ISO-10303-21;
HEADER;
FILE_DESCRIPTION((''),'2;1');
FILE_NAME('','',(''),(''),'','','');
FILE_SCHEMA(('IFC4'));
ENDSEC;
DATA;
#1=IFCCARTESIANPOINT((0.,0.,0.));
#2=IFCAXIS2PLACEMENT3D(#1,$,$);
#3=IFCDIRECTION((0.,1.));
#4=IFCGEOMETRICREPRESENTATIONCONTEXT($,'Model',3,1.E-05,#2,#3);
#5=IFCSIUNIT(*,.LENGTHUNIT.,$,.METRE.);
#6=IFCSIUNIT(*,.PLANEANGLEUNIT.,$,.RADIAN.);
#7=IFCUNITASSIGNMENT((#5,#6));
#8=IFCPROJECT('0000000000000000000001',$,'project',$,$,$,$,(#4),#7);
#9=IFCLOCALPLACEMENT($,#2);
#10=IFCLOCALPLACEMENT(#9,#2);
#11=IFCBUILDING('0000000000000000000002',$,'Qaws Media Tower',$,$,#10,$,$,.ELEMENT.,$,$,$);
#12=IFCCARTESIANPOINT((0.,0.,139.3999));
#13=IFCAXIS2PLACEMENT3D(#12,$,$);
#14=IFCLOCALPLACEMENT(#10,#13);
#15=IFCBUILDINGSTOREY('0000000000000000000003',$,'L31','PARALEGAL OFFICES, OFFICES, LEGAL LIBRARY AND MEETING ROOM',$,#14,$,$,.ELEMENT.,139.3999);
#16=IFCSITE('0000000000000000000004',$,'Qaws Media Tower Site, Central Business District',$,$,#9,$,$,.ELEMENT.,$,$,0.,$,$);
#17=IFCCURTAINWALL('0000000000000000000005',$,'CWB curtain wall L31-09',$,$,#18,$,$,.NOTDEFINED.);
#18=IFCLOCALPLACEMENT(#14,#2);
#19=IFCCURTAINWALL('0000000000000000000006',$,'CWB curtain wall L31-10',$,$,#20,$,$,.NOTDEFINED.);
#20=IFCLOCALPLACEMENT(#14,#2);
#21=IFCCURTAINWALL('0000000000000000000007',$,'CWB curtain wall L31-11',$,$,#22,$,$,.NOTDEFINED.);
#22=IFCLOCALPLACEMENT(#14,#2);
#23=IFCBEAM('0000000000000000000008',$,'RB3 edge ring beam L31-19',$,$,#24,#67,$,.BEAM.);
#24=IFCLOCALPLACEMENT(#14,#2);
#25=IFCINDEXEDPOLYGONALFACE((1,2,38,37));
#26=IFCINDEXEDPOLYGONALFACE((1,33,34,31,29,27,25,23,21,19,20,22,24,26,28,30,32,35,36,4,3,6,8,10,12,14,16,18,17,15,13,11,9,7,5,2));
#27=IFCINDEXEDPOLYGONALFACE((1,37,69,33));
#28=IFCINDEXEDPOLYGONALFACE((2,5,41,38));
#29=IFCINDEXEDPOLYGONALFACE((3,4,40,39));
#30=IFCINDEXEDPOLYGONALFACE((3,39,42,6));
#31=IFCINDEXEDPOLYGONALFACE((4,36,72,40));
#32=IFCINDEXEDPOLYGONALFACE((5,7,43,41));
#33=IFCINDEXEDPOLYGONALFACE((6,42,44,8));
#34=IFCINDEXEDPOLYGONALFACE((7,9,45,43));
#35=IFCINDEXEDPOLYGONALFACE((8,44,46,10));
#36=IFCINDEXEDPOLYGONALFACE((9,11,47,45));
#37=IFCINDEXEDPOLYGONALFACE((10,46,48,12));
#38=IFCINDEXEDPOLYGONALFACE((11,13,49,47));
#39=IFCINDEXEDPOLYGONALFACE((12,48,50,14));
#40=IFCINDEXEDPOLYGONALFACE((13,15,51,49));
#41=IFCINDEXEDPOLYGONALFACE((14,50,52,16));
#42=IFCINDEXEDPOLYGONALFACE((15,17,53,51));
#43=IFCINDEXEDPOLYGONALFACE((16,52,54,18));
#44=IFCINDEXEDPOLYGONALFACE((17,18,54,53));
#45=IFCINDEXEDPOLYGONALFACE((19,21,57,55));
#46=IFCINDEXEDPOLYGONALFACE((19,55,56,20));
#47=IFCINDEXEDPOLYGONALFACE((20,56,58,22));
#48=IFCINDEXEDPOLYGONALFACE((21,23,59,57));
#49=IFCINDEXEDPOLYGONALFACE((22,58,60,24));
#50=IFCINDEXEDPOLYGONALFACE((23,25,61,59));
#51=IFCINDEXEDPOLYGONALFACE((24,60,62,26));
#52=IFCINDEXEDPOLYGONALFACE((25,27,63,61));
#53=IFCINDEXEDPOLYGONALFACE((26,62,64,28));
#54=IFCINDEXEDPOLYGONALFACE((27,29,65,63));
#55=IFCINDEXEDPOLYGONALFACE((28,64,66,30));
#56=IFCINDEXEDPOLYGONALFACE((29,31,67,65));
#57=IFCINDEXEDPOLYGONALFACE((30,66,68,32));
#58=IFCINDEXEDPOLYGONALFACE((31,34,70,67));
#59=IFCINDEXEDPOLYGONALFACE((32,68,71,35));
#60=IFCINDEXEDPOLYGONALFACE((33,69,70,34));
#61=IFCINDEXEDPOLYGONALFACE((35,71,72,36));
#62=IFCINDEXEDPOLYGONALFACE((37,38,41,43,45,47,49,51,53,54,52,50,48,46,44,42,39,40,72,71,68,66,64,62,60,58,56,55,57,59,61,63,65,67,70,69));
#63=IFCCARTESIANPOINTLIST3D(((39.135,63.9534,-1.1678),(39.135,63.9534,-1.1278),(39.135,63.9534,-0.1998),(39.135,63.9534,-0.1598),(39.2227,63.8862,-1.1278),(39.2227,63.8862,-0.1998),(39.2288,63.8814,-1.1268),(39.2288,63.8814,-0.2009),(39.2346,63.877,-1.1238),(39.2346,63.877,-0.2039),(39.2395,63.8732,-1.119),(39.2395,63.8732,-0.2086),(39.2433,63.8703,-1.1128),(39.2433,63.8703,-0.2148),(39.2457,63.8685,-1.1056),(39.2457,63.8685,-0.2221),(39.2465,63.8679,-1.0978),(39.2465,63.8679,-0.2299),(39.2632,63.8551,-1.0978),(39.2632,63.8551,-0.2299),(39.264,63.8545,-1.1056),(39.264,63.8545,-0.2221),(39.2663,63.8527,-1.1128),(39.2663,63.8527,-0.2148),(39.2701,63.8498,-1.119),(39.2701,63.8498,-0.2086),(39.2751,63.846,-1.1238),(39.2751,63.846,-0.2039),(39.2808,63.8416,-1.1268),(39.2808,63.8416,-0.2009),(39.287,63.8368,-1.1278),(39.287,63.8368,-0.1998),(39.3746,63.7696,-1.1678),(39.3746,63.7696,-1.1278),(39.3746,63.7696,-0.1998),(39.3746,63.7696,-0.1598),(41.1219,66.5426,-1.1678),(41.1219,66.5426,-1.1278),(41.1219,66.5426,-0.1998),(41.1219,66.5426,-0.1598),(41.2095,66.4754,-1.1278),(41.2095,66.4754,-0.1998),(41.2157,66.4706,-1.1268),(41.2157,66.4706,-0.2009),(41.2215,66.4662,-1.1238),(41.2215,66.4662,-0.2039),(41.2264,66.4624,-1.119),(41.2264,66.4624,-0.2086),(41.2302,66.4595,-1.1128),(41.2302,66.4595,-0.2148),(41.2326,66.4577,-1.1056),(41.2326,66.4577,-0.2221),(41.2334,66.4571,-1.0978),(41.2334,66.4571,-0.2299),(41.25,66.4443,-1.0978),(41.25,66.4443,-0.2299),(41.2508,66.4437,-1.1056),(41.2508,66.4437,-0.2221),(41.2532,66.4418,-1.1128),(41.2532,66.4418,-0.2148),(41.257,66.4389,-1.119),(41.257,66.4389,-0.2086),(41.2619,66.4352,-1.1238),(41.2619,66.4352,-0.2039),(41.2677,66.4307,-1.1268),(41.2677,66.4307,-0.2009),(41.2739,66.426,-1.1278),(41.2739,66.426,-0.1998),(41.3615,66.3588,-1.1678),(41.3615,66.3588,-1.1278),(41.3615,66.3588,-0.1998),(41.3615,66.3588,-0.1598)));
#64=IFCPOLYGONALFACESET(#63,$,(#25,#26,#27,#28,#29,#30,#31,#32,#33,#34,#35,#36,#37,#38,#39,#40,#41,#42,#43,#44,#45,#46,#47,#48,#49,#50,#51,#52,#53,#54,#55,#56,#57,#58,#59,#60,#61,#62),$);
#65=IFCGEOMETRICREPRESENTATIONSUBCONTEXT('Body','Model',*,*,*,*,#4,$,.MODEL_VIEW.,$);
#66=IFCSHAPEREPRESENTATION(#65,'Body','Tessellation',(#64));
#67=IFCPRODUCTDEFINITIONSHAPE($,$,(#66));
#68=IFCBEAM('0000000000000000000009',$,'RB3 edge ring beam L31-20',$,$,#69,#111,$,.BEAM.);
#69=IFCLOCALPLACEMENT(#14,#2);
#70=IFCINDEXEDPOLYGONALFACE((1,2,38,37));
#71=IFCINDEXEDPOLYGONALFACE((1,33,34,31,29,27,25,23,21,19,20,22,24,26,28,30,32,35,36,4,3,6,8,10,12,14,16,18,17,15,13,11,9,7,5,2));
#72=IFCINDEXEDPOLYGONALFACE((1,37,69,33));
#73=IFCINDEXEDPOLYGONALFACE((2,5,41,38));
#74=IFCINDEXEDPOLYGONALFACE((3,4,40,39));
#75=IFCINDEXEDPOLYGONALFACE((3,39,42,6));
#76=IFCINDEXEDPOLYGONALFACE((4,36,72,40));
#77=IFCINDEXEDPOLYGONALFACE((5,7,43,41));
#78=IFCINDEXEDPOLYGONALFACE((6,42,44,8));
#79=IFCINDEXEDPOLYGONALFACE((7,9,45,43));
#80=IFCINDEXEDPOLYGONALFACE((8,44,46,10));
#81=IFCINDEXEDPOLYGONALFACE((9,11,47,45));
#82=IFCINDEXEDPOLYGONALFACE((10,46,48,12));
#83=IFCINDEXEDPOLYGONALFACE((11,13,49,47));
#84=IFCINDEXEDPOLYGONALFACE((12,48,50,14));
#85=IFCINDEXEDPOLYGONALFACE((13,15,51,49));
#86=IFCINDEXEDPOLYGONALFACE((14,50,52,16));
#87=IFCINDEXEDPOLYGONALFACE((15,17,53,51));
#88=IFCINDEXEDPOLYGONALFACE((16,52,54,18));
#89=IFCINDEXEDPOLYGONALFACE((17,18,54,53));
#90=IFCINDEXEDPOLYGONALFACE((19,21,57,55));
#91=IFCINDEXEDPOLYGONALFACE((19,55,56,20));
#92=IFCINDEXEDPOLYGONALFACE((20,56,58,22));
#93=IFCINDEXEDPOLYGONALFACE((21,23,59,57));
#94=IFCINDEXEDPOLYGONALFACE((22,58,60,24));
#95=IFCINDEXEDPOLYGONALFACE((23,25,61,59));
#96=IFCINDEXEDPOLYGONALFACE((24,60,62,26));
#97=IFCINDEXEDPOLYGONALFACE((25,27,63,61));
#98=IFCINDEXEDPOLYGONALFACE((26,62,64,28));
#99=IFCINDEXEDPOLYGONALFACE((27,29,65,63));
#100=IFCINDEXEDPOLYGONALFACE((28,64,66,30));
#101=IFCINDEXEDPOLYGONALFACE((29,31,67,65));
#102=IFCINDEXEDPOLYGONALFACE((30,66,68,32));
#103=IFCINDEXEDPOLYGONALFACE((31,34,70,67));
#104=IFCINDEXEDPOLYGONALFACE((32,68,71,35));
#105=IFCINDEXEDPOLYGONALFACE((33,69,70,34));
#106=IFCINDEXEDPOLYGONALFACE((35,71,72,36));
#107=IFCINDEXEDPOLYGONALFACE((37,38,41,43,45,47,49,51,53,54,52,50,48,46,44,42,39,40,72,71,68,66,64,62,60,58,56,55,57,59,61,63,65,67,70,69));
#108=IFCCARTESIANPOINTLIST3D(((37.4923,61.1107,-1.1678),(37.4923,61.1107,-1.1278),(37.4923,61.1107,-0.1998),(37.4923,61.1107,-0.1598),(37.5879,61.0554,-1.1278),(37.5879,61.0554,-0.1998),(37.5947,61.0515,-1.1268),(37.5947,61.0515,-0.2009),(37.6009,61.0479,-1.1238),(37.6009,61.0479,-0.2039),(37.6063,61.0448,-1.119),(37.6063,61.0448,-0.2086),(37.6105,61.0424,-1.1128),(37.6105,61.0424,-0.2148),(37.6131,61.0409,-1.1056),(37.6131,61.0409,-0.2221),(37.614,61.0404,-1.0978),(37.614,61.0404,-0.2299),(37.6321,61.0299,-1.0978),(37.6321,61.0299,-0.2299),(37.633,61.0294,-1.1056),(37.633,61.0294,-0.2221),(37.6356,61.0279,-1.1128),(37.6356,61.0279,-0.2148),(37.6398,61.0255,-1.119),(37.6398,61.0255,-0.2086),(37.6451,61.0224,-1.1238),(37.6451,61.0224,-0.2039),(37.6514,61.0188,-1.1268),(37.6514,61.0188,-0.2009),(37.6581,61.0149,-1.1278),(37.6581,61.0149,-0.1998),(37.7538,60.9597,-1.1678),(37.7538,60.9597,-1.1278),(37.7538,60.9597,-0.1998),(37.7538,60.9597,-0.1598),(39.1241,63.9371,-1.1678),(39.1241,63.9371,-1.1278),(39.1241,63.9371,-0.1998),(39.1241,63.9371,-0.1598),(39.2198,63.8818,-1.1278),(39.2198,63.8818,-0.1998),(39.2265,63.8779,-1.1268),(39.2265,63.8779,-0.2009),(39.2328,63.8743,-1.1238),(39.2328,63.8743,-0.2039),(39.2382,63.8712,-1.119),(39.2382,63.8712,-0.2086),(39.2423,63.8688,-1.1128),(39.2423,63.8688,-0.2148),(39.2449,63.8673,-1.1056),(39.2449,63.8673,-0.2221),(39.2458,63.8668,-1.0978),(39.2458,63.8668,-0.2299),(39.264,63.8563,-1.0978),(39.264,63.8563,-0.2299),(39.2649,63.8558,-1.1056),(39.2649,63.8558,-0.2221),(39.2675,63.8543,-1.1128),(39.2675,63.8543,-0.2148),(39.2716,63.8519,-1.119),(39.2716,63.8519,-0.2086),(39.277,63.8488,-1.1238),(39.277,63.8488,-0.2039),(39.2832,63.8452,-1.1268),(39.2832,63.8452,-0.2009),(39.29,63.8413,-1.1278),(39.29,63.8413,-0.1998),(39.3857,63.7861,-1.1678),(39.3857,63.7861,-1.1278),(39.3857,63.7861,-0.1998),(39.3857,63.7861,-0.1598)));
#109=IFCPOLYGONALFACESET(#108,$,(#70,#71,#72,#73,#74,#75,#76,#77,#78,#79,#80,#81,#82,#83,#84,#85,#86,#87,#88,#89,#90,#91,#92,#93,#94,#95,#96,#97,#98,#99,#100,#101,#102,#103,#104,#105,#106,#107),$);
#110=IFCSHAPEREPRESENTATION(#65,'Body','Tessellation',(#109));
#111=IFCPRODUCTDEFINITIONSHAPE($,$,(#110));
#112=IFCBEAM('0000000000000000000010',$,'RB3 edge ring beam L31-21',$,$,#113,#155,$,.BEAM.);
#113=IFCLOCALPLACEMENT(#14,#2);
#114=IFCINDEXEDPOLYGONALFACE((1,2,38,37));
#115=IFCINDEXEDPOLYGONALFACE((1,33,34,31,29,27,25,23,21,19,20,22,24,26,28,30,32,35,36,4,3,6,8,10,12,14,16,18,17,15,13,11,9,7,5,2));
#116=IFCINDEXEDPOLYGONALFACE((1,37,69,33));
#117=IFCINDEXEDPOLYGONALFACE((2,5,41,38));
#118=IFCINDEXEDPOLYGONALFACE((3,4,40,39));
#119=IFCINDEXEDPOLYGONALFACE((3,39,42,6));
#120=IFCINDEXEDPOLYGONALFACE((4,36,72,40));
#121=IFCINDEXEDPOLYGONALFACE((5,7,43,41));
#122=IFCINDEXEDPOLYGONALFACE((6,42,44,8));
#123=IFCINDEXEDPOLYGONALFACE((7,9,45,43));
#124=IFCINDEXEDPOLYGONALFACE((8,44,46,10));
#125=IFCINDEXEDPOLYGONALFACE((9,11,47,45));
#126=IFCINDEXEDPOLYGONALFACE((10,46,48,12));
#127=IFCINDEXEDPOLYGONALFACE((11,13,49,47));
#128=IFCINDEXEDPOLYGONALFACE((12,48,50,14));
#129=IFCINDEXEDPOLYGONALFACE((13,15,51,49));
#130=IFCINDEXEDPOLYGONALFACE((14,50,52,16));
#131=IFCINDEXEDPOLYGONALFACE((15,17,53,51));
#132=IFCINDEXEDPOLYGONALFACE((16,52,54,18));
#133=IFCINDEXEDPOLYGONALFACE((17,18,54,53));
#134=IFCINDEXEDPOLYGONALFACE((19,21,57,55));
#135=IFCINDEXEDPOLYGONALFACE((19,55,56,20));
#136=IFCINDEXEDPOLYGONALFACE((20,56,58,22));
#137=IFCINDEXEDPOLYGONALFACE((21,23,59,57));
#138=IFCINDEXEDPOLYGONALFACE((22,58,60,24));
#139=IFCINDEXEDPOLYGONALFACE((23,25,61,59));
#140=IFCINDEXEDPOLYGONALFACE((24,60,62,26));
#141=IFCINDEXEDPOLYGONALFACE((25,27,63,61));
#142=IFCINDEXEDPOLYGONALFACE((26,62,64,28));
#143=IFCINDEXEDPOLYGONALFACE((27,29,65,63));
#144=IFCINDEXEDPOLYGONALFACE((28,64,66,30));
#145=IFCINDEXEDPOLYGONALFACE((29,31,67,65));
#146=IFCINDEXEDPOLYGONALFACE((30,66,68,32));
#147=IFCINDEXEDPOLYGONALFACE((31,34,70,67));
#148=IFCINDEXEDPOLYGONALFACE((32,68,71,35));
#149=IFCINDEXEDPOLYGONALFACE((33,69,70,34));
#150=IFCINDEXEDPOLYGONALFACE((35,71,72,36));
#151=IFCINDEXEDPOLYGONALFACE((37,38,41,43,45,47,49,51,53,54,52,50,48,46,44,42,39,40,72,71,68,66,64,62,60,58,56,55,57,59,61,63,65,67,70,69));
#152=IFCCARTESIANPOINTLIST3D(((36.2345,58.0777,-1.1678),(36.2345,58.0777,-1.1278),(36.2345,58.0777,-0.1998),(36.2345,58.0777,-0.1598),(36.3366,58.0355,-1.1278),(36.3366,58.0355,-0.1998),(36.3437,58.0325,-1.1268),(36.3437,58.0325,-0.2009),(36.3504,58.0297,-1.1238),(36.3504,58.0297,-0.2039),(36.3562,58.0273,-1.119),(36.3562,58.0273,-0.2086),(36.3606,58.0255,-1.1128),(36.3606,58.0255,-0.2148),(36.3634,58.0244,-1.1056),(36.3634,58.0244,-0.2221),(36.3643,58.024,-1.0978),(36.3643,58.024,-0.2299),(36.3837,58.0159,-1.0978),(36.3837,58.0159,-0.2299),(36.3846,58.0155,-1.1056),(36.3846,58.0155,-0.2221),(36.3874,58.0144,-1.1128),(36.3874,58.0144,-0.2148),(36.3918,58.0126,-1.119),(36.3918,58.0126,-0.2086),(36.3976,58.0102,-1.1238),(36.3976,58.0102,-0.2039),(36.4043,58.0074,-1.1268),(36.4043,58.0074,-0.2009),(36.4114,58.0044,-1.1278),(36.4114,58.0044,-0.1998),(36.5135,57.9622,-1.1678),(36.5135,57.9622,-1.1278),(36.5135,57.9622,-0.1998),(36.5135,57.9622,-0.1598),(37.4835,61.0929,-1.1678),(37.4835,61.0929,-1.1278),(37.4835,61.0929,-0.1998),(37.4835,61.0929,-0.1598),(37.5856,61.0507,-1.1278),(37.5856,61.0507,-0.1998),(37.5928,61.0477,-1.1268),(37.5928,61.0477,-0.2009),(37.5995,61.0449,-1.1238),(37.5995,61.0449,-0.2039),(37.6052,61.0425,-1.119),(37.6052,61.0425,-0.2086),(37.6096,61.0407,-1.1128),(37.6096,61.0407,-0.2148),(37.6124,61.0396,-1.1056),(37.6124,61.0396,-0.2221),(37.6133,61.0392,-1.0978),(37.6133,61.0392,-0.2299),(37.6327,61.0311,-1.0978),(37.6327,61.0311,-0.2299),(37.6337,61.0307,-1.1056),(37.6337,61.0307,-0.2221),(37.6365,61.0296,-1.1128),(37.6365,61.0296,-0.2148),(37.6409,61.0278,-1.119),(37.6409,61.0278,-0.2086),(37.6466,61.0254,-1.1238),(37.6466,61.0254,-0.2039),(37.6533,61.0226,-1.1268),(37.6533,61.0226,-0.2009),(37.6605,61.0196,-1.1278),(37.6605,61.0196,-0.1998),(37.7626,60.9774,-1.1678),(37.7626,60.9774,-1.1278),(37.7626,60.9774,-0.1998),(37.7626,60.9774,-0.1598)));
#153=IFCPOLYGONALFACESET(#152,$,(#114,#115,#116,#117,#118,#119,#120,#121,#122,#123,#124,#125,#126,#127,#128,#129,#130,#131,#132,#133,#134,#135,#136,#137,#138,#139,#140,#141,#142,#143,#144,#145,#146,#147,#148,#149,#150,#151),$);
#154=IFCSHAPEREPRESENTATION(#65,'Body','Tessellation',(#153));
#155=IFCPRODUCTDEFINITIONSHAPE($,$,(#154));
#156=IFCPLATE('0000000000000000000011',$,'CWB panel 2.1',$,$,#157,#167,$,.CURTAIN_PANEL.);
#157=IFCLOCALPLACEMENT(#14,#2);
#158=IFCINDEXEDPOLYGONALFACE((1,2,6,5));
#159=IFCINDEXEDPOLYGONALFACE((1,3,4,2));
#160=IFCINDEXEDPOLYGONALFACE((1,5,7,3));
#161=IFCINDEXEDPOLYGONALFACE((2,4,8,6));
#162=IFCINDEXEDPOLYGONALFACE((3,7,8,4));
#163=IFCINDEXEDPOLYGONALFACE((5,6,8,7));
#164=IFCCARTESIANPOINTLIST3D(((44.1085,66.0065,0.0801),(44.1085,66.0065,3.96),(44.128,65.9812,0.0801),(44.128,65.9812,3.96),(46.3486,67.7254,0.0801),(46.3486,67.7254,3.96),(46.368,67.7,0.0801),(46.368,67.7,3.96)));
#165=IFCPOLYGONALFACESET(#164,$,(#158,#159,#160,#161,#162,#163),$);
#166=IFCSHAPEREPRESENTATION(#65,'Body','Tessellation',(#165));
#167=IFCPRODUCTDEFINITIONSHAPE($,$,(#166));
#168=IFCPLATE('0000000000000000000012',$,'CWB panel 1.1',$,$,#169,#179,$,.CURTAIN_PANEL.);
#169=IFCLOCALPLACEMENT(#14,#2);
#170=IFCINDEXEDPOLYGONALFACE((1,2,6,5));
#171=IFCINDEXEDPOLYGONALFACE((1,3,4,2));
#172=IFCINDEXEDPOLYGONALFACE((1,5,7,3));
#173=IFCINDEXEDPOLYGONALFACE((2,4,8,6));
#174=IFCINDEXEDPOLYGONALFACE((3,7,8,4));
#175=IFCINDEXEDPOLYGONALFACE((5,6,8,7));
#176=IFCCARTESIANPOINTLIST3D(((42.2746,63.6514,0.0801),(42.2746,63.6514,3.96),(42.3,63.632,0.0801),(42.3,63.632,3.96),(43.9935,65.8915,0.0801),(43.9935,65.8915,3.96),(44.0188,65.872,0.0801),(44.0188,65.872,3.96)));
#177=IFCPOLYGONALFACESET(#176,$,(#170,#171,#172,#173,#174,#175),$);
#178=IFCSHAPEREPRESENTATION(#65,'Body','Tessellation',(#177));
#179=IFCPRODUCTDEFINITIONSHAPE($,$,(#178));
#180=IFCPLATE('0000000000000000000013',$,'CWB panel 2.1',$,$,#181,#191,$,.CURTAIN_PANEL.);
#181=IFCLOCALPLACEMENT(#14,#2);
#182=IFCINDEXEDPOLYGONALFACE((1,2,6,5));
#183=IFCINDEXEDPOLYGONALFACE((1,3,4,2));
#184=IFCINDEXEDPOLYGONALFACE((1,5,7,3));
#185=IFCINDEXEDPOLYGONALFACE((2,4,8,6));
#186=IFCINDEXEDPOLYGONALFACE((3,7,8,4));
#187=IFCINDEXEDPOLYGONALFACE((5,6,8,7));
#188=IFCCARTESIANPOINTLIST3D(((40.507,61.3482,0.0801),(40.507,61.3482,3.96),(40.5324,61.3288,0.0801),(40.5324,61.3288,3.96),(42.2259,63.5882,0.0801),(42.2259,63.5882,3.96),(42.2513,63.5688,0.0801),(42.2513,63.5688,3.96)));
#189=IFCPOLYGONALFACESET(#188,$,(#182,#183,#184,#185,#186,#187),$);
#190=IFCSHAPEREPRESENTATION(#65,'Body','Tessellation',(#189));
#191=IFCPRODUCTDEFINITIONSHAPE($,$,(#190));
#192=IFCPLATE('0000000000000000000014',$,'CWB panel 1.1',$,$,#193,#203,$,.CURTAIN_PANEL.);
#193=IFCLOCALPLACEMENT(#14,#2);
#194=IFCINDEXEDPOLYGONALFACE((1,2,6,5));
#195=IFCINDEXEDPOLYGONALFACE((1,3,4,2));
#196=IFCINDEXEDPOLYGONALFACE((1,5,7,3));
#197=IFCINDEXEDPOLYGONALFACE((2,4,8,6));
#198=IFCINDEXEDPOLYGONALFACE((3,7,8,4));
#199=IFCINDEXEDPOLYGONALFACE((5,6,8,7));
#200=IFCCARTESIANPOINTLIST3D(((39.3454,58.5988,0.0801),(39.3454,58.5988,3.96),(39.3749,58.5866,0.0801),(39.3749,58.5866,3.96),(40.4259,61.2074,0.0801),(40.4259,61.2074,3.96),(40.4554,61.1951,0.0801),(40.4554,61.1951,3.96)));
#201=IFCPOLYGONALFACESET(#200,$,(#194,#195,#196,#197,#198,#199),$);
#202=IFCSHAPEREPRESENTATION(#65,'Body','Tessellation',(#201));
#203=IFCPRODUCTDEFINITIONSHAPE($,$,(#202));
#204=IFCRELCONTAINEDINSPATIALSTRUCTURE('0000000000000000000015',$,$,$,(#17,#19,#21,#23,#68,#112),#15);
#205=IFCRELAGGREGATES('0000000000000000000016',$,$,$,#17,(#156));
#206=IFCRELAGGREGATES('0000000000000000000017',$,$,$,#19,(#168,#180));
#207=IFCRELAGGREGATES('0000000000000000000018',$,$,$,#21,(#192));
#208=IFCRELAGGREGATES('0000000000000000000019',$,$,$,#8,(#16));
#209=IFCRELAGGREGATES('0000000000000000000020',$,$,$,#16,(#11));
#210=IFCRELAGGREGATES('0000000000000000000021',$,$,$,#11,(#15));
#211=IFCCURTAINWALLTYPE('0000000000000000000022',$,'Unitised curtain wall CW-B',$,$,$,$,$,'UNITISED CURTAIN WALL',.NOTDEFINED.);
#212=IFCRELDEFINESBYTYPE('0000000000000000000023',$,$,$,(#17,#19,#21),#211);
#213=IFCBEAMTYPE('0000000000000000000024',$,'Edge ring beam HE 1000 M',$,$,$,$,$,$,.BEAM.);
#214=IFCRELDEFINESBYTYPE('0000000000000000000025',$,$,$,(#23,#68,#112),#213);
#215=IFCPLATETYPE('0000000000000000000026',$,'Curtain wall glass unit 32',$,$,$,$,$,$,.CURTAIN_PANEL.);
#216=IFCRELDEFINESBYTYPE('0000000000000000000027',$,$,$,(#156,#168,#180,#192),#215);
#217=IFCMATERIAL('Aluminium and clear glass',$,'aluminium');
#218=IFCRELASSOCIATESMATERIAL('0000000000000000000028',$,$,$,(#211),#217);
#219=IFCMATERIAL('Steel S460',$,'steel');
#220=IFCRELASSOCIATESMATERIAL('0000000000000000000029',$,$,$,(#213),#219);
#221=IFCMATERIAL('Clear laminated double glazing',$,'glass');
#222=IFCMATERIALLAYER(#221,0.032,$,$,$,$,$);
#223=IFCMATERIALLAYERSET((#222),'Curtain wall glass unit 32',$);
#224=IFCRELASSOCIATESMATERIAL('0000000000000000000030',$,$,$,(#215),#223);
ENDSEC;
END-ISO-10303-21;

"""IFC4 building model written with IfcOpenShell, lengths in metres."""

from ifc_helpers import new_model, si_unit, direction, frame, origin, origin_2d, place, context, subcontext, project, spatial, rectangle, i_section, extrude, material, layer, layer_set, material_profile, profile_set, type_object, element, aggregate, save


model = new_model("IFC4")

# Units and contexts
model_context = context("Model", 3, precision=1e-05, world=origin(), true_north=direction((0.0, 1.0)))
body_context = subcontext(model_context, "Body", "Model", "MODEL_VIEW")
ifc_project = project(units=[si_unit("LENGTHUNIT", "METRE"), si_unit("PLANEANGLEUNIT", "RADIAN")], contexts=[model_context])

# Site, building, storey
site_placement = place(None, origin())
site = spatial("IfcSite", under=ifc_project, at=site_placement, Name="Qaws Media Tower Site, Central Business District", CompositionType="ELEMENT", RefElevation=0.0)
building_placement = place(site_placement, origin())
building = spatial("IfcBuilding", under=site, at=building_placement, Name="Qaws Media Tower", CompositionType="ELEMENT")
storey_placement = place(building_placement, frame((0.0, 0.0, 139.3999)))
storey = spatial("IfcBuildingStorey", under=building, at=storey_placement, Name="L31", Description="PARALEGAL OFFICES, OFFICES, LEGAL LIBRARY AND MEETING ROOM", CompositionType="ELEMENT", Elevation=139.3999)

# Curtain wall
ifc_material_1 = material(Name="Aluminium and clear glass", Category="aluminium")
curtain_wall_type = type_object("IfcCurtainWallType", Name="Unitised curtain wall CW-B", ElementType="UNITISED CURTAIN WALL", PredefinedType="NOTDEFINED", material=ifc_material_1)
curtain_wall_1_placement = place(storey_placement, origin())
curtain_wall_1 = element("IfcCurtainWall", 1, at=curtain_wall_1_placement, inside=storey, type_object=curtain_wall_type, Name="CWB curtain wall L31-09", PredefinedType="NOTDEFINED")

# Curtain wall
curtain_wall_2_placement = place(storey_placement, origin())
curtain_wall_2 = element("IfcCurtainWall", 2, at=curtain_wall_2_placement, inside=storey, type_object=curtain_wall_type, Name="CWB curtain wall L31-10", PredefinedType="NOTDEFINED")

# Curtain wall
curtain_wall_3_placement = place(storey_placement, origin())
curtain_wall_3 = element("IfcCurtainWall", 3, at=curtain_wall_3_placement, inside=storey, type_object=curtain_wall_type, Name="CWB curtain wall L31-11", PredefinedType="NOTDEFINED")

# Beams
ifc_material_2 = material(Name="Steel S460", Category="steel")
ifc_material_profile_1 = material_profile(ifc_material_2, i_section(OverallWidth=0.302, OverallDepth=1.0081, WebThickness=0.021, FlangeThickness=0.04, FilletRadius=0.03, at=origin_2d()), Name="HE 1000 M")
ifc_profile_set_1 = profile_set([ifc_material_profile_1], Name="Steel S460")
beam_type = type_object("IfcBeamType", Name="Edge ring beam HE 1000 M", PredefinedType="BEAM", material=ifc_profile_set_1)
for number, where, z_axis, x_axis, name in (
    (4, (41.2417, 66.4507, -0.6638), (-0.608785, -0.793335, 0.0), (0.793335, -0.608785, 0.0), "RB3 edge ring beam L31-19"),
    (5, (39.2549, 63.8616, -0.6638), (-0.500001, -0.866025, 0.0), (0.866025, -0.500001, 0.0), "RB3 edge ring beam L31-20"),
    (6, (37.623, 61.0352, -0.6638), (-0.382713, -0.923867, 0.0), (0.923867, -0.382713, 0.0), "RB3 edge ring beam L31-21"),
):
    element("IfcBeam", number, at=place(storey_placement, frame(where, z_axis=z_axis, x_axis=x_axis)), inside=storey, type_object=beam_type, Name=name, PredefinedType="BEAM", context=body_context, shape_type="SweptSolid", body=[
        extrude(i_section(OverallWidth=0.302, OverallDepth=1.0081, WebThickness=0.021, FlangeThickness=0.04, FilletRadius=0.03, at=origin_2d()), origin(), (0.0, 0.0, 1.0), 3.2637),
    ])

# Plates
ifc_material_3 = material(Name="Clear laminated double glazing", Category="glass")
ifc_layer_1 = layer(ifc_material_3, 0.032)
ifc_layer_set_1 = layer_set([ifc_layer_1], Name="Curtain wall glass unit 32")
plate_type_1 = type_object("IfcPlateType", Name="Curtain wall glass unit 32", PredefinedType="CURTAIN_PANEL", material=ifc_layer_set_1)
plate_1_placement = place(storey_placement, frame((45.2383, 66.8533, 0.0801), z_axis=(0.0, 0.0, 1.0), x_axis=(-0.793353, -0.608761, 0.0)))
plate_1 = element("IfcPlate", 7, at=plate_1_placement, type_object=plate_type_1, Name="CWB panel 2.1", PredefinedType="CURTAIN_PANEL", context=body_context, shape_type="SweptSolid", body=[
    extrude(rectangle(XDim=2.8235, YDim=0.032, at=origin_2d()), origin(), (0.0, 0.0, 1.0), 3.8799),
])
aggregate(curtain_wall_1, [plate_1])
plate_2_placement = place(storey_placement, frame((43.1467, 64.7617, 0.0801), z_axis=(0.0, 0.0, 1.0), x_axis=(-0.608761, -0.793353, 0.0)))
plate_2 = element("IfcPlate", 8, at=plate_2_placement, type_object=plate_type_1, Name="CWB panel 1.1", PredefinedType="CURTAIN_PANEL", context=body_context, shape_type="SweptSolid", body=[
    extrude(rectangle(XDim=2.8235, YDim=0.032, at=origin_2d()), origin(), (0.0, 0.0, 1.0), 3.8799),
])
plate_3_placement = place(storey_placement, frame((41.3792, 62.4585, 0.0801), z_axis=(0.0, 0.0, 1.0), x_axis=(-0.608761, -0.793353, 0.0)))
plate_3 = element("IfcPlate", 9, at=plate_3_placement, type_object=plate_type_1, Name="CWB panel 2.1", PredefinedType="CURTAIN_PANEL", context=body_context, shape_type="SweptSolid", body=[
    extrude(rectangle(XDim=2.8235, YDim=0.032, at=origin_2d()), origin(), (0.0, 0.0, 1.0), 3.8799),
])
aggregate(curtain_wall_2, [plate_2, plate_3])
plate_4_placement = place(storey_placement, frame((39.9004, 59.897, 0.0801), z_axis=(0.0, 0.0, 1.0), x_axis=(-0.382683, -0.92388, 0.0)))
plate_4 = element("IfcPlate", 10, at=plate_4_placement, type_object=plate_type_1, Name="CWB panel 1.1", PredefinedType="CURTAIN_PANEL", context=body_context, shape_type="SweptSolid", body=[
    extrude(rectangle(XDim=2.8235, YDim=0.032, at=origin_2d()), origin(), (0.0, 0.0, 1.0), 3.8799),
])
aggregate(curtain_wall_3, [plate_4])

save(model, "model.ifc")
